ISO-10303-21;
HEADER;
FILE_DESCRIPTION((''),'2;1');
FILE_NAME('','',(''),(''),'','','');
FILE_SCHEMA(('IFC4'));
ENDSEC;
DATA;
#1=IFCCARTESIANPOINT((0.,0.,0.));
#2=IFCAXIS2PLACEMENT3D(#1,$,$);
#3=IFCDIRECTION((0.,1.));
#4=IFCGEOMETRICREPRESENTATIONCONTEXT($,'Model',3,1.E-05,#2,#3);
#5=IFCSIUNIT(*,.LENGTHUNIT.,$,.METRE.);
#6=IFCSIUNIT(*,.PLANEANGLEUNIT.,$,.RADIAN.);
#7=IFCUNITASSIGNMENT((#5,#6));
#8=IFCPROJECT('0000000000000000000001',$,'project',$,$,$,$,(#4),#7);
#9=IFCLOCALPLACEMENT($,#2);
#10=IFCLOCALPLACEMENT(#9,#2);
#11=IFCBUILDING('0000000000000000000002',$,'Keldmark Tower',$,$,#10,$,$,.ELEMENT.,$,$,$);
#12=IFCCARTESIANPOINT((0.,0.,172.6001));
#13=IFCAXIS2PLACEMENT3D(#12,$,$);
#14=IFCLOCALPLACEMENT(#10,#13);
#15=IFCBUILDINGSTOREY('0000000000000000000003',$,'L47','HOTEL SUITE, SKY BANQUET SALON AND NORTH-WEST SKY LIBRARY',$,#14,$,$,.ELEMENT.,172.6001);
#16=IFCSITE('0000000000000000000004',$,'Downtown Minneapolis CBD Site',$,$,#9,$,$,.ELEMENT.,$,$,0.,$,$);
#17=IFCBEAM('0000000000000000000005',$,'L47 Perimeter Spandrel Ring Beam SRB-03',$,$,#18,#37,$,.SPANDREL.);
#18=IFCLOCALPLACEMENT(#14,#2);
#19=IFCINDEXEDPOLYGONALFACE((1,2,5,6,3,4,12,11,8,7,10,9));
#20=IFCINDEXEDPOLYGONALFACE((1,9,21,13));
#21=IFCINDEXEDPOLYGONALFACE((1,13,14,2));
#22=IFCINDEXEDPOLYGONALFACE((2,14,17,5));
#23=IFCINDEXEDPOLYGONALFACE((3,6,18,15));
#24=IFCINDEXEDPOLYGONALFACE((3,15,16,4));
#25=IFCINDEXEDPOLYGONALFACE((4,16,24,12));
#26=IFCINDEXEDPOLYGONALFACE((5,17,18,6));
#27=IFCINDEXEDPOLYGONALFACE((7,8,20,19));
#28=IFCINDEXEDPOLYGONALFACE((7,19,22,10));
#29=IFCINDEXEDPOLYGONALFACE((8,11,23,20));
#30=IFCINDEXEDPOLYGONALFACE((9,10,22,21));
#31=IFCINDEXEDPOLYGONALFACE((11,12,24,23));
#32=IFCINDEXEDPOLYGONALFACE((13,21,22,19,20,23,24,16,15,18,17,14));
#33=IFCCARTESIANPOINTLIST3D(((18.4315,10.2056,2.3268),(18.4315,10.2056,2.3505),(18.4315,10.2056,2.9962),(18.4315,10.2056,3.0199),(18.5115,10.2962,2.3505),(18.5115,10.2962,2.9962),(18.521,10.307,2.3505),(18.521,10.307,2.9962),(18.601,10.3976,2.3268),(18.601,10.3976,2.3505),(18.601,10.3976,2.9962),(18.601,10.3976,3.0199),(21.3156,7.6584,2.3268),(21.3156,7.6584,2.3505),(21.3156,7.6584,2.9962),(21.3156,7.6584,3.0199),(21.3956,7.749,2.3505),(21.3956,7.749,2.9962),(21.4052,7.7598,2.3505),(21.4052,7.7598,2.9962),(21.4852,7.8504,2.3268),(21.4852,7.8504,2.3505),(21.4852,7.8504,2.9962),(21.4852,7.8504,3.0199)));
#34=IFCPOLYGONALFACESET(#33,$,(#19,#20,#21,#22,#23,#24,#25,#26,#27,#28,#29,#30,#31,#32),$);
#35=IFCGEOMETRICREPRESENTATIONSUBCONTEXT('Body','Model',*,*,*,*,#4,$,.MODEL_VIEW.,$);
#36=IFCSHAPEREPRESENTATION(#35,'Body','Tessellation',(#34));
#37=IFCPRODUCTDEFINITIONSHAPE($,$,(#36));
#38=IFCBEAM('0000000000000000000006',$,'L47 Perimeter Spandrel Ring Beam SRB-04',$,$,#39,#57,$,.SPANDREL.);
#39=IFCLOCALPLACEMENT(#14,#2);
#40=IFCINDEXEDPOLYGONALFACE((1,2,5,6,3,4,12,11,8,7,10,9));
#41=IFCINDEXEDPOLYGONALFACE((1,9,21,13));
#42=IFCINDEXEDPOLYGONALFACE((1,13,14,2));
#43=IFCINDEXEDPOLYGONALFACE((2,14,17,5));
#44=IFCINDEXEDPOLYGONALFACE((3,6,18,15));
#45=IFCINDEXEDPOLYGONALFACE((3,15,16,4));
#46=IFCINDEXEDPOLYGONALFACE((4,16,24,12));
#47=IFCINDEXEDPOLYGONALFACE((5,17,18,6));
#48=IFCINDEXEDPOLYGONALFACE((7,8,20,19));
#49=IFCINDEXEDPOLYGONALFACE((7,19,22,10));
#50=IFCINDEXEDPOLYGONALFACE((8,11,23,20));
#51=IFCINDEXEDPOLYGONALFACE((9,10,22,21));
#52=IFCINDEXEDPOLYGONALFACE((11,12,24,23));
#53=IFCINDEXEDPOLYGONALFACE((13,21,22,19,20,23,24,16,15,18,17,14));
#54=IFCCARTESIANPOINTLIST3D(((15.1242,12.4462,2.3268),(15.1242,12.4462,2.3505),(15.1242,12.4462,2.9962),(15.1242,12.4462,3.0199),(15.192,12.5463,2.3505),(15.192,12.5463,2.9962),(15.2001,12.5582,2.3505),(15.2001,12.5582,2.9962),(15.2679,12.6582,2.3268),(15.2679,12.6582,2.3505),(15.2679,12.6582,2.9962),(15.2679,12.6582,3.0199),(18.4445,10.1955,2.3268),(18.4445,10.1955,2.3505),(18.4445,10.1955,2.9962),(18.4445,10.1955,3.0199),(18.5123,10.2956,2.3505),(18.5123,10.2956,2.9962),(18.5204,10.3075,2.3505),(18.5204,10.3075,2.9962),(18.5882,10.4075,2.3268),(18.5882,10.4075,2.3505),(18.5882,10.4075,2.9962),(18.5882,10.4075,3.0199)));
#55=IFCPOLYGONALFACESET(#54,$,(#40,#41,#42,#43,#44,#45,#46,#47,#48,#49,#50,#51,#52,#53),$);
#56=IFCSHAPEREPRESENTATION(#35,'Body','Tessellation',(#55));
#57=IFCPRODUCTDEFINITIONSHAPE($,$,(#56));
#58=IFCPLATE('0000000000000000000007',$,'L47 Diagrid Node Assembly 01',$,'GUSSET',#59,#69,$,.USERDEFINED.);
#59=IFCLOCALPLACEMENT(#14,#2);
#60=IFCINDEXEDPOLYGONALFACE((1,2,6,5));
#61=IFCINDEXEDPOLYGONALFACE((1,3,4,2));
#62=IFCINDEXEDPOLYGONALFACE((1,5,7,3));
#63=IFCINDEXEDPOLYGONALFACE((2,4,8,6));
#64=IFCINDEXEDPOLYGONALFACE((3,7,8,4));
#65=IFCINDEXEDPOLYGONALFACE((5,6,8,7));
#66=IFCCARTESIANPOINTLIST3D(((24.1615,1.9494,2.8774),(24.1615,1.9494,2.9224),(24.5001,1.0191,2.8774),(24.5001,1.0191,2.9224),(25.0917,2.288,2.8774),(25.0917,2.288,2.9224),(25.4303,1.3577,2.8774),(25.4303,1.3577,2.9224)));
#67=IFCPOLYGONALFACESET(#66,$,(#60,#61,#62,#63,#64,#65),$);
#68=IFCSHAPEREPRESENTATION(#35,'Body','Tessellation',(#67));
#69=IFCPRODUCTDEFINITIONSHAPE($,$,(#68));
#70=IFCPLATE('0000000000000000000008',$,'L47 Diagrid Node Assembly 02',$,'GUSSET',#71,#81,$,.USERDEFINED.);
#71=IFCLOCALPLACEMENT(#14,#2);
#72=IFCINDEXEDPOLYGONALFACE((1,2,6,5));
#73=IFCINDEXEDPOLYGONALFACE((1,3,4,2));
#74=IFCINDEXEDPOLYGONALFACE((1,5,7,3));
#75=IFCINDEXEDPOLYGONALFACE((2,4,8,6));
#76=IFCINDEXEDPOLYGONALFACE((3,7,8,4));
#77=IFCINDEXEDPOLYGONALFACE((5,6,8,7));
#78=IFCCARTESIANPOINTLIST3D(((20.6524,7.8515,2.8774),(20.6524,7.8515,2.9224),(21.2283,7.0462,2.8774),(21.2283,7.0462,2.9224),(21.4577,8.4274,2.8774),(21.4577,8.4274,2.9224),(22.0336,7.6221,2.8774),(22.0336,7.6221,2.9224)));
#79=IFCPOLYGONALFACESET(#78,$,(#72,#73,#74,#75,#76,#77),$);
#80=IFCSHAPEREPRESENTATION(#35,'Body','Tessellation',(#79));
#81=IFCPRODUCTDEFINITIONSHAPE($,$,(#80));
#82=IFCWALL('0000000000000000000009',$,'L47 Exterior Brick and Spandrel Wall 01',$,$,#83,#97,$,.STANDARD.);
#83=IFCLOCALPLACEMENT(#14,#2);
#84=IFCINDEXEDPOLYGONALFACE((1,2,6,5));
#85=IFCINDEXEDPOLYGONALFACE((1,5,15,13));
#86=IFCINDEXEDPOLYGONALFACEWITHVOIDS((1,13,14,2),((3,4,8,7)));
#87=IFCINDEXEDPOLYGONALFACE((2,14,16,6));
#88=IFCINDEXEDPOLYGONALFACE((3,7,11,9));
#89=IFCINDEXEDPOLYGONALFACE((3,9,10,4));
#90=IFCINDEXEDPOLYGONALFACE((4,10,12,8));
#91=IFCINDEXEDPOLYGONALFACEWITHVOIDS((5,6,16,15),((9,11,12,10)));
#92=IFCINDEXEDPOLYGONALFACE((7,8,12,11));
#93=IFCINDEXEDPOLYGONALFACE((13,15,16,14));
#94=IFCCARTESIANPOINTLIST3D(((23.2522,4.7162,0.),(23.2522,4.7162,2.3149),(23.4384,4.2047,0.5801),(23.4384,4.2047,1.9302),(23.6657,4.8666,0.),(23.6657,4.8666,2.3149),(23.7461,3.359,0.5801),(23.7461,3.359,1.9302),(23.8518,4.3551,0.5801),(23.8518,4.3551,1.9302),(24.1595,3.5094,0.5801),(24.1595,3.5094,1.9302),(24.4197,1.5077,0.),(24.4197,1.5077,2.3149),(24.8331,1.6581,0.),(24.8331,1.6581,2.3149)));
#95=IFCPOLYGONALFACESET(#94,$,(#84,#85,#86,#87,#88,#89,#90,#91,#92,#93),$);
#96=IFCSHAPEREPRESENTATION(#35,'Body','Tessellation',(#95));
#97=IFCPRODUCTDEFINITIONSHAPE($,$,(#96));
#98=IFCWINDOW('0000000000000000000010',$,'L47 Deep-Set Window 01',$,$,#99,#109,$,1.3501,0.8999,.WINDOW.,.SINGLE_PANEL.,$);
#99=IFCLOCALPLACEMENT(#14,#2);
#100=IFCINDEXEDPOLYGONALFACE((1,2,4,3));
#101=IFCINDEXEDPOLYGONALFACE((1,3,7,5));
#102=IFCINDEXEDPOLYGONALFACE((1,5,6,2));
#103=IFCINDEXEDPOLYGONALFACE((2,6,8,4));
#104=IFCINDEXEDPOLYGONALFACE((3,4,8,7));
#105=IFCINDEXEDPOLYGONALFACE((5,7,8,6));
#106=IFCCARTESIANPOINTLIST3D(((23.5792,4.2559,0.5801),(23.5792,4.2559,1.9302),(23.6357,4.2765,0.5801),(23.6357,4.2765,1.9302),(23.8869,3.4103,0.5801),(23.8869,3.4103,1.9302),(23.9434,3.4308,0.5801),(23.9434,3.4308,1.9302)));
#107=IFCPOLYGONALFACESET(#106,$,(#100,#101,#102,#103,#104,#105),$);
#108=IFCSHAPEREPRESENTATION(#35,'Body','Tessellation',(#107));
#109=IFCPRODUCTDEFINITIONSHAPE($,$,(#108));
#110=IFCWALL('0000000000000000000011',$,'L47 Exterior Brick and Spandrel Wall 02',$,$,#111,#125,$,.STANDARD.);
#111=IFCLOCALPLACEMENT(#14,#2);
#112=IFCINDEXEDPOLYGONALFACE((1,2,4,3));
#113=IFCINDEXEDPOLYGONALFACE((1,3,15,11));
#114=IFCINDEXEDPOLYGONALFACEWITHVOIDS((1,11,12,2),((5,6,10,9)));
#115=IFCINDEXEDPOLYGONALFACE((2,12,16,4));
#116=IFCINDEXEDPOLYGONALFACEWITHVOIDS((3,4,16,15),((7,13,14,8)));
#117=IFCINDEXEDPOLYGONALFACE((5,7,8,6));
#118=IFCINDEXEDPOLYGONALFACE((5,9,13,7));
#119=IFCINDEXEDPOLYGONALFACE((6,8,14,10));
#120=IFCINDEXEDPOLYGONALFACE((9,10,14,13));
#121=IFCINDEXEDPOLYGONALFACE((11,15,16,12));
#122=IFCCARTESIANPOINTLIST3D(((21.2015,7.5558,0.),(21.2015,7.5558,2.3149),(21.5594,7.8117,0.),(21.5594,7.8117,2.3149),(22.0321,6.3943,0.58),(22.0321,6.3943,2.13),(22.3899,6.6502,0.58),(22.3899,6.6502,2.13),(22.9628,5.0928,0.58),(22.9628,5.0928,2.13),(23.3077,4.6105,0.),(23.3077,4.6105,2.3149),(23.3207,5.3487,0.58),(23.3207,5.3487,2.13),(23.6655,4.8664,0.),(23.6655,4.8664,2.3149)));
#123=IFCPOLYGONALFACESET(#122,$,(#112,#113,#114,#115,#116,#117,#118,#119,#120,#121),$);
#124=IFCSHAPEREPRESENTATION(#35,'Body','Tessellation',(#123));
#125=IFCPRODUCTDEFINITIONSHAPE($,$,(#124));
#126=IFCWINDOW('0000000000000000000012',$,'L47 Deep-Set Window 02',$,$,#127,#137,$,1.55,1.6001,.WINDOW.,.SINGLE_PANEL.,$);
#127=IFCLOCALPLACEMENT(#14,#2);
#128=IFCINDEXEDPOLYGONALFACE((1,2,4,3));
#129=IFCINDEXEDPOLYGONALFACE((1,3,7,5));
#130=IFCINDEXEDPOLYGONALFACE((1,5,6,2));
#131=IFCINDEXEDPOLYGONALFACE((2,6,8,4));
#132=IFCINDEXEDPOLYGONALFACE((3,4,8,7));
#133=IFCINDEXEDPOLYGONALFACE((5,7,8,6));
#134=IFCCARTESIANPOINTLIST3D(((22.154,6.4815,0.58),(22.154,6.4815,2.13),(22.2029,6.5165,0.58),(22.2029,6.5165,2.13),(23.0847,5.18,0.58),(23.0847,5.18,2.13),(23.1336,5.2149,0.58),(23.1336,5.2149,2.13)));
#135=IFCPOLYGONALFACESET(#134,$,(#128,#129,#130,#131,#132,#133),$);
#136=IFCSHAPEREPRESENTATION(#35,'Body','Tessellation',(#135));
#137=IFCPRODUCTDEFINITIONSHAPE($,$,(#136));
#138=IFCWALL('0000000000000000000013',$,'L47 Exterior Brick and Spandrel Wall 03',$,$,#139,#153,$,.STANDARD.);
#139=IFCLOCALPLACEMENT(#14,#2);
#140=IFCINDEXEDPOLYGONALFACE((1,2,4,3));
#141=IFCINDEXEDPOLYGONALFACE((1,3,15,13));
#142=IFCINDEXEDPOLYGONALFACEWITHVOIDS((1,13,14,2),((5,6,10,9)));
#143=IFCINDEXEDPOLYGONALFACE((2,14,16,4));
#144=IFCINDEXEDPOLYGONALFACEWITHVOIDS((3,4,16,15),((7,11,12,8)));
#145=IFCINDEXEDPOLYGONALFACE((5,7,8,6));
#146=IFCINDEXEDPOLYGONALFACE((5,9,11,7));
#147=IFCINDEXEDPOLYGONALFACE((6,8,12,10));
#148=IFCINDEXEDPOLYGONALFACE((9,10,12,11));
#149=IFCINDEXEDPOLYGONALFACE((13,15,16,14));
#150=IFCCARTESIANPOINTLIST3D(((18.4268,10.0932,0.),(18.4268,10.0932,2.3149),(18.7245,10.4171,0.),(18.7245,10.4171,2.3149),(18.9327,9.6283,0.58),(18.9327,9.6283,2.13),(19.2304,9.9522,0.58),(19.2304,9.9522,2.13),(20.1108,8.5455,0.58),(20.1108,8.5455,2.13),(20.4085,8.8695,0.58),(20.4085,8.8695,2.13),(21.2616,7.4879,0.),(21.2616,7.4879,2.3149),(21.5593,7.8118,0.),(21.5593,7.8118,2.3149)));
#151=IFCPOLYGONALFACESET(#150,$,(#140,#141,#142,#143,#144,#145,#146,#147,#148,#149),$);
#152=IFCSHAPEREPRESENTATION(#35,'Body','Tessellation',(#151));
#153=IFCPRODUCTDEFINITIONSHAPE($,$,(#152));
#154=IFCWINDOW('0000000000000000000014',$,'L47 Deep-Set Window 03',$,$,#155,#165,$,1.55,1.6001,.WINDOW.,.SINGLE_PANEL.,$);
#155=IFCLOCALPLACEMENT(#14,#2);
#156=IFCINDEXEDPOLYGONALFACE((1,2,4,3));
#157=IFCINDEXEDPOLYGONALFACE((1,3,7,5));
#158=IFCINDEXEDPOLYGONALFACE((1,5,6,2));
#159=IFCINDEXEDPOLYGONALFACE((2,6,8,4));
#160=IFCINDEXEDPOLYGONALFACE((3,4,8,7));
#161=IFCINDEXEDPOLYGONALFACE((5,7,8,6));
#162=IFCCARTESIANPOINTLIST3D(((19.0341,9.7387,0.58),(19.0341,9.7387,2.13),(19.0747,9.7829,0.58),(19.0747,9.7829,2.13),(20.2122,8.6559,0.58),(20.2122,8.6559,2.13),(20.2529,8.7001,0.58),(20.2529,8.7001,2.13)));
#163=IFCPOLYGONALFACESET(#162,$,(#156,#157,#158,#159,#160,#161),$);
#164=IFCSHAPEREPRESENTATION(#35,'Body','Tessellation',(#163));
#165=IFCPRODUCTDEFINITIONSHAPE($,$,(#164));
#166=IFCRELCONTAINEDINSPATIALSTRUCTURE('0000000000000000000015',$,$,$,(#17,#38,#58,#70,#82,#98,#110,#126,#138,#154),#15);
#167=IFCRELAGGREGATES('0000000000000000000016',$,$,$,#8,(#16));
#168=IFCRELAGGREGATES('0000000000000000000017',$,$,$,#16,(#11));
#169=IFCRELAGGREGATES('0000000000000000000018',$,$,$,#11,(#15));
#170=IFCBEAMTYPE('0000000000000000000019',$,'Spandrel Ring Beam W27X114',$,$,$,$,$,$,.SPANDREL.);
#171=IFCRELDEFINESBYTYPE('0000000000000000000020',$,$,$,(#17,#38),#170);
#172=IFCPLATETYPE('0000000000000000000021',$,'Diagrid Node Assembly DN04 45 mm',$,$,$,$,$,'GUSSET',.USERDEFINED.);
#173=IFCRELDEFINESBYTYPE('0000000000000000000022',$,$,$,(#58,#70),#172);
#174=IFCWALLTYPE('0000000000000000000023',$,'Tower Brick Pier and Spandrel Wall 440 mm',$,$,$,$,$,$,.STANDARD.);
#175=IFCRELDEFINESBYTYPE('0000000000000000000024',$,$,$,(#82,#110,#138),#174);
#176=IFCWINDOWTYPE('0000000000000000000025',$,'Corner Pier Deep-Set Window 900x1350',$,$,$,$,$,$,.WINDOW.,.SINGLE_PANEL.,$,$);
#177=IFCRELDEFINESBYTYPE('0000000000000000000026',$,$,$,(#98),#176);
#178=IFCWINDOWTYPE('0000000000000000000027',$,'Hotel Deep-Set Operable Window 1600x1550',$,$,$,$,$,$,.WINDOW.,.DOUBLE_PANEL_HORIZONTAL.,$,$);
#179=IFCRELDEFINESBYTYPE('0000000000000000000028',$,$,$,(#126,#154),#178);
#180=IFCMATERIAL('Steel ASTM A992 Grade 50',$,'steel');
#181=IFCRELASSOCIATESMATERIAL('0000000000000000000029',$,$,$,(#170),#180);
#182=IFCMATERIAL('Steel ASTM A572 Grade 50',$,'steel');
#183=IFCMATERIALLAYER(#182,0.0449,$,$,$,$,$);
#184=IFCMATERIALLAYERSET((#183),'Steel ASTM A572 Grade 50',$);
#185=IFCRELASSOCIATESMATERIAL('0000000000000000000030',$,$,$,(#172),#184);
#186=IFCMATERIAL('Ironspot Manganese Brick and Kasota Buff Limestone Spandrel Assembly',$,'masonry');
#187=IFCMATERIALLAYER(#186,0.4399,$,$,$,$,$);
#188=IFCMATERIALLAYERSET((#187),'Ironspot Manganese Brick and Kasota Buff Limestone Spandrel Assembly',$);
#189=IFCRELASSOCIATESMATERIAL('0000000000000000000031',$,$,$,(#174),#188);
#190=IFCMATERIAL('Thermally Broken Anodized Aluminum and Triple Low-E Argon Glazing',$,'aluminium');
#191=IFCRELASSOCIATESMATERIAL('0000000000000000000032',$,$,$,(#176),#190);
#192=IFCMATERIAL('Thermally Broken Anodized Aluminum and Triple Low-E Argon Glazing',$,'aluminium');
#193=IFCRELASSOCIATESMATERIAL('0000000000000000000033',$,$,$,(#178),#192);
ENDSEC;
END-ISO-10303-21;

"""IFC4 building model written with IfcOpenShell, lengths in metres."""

from ifc_helpers import new_model, si_unit, direction, frame, frame_2d, origin, origin_2d, place, context, subcontext, project, spatial, rectangle, i_section, extrude, material, layer, layer_set, material_profile, profile_set, type_object, element, fill, save


model = new_model("IFC4")

# Units and contexts
model_context = context("Model", 3, precision=1e-05, world=origin(), true_north=direction((0.0, 1.0)))
body_context = subcontext(model_context, "Body", "Model", "MODEL_VIEW")
ifc_project = project(units=[si_unit("LENGTHUNIT", "METRE"), si_unit("PLANEANGLEUNIT", "RADIAN")], contexts=[model_context])

# Site, building, storey
site_placement = place(None, origin())
site = spatial("IfcSite", under=ifc_project, at=site_placement, Name="Downtown Minneapolis CBD Site", CompositionType="ELEMENT", RefElevation=0.0)
building_placement = place(site_placement, origin())
building = spatial("IfcBuilding", under=site, at=building_placement, Name="Keldmark Tower", CompositionType="ELEMENT")
storey_placement = place(building_placement, frame((0.0, 0.0, 172.6001)))
storey = spatial("IfcBuildingStorey", under=building, at=storey_placement, Name="L47", Description="HOTEL SUITE, SKY BANQUET SALON AND NORTH-WEST SKY LIBRARY", CompositionType="ELEMENT", Elevation=172.6001)

# Beams
ifc_material_1 = material(Name="Steel ASTM A992 Grade 50", Category="steel")
ifc_material_profile_1 = material_profile(ifc_material_1, i_section(OverallWidth=0.2561, OverallDepth=0.6931, WebThickness=0.0144, FlangeThickness=0.0237, at=origin_2d()), Name="W27X114")
ifc_profile_set_1 = profile_set([ifc_material_profile_1], Name="Steel ASTM A992 Grade 50")
beam_type_1 = type_object("IfcBeamType", Name="Spandrel Ring Beam W27X114", PredefinedType="SPANDREL", material=ifc_profile_set_1)
beam_1_placement = place(storey_placement, frame((21.4004, 7.7544, 2.6733), z_axis=(-0.74953, 0.66197, 0.0), x_axis=(-0.66197, -0.74953, 0.0)))
element("IfcBeam", 1, at=beam_1_placement, inside=storey, type_object=beam_type_1, Name="L47 Perimeter Spandrel Ring Beam SRB-03", PredefinedType="SPANDREL", context=body_context, shape_type="SweptSolid", body=[
    extrude(i_section(OverallWidth=0.2561, OverallDepth=0.6931, WebThickness=0.0144, FlangeThickness=0.0237, at=origin_2d()), origin(), (0.0, 0.0, 1.0), 3.8479),
])
beam_2_placement = place(storey_placement, frame((18.5164, 10.3015, 2.6733), z_axis=(-0.827746, 0.561102, 0.0), x_axis=(-0.561102, -0.827746, 0.0)))
element("IfcBeam", 2, at=beam_2_placement, inside=storey, type_object=beam_type_1, Name="L47 Perimeter Spandrel Ring Beam SRB-04", PredefinedType="SPANDREL", context=body_context, shape_type="SweptSolid", body=[
    extrude(i_section(OverallWidth=0.2561, OverallDepth=0.6931, WebThickness=0.0144, FlangeThickness=0.0237, at=origin_2d()), origin(), (0.0, 0.0, 1.0), 4.0112),
])

# Plates
ifc_material_2 = material(Name="Steel ASTM A572 Grade 50", Category="steel")
ifc_layer_1 = layer(ifc_material_2, 0.0449)
ifc_layer_set_1 = layer_set([ifc_layer_1], Name="Steel ASTM A572 Grade 50")
plate_type = type_object("IfcPlateType", Name="Diagrid Node Assembly DN04 45 mm", ElementType="GUSSET", PredefinedType="USERDEFINED", material=ifc_layer_set_1)
for number, where, z_axis, x_axis, name in (
    (3, (24.7959, 1.6536, 2.8774), (0.0, 0.0, 1.0), (-0.34202, 0.939693, 0.0), "L47 Diagrid Node Assembly 01"),
    (4, (21.343, 7.7368, 2.8774), (0.0, 0.0, 1.0), (-0.581697, 0.813405, 0.0), "L47 Diagrid Node Assembly 02"),
):
    element("IfcPlate", number, at=place(storey_placement, frame(where, z_axis=z_axis, x_axis=x_axis)), inside=storey, type_object=plate_type, Name=name, ObjectType="GUSSET", PredefinedType="USERDEFINED", context=body_context, shape_type="SweptSolid", body=[
        extrude(rectangle(XDim=0.99, YDim=0.99, at=origin_2d()), origin(), (0.0, 0.0, 1.0), 0.0449),
    ])

# Walls, openings, windows
ifc_material_3 = material(Name="Ironspot Manganese Brick and Kasota Buff Limestone Spandrel Assembly", Category="masonry")
ifc_layer_2 = layer(ifc_material_3, 0.4399)
ifc_layer_set_2 = layer_set([ifc_layer_2], Name="Ironspot Manganese Brick and Kasota Buff Limestone Spandrel Assembly")
wall_type_1 = type_object("IfcWallType", Name="Tower Brick Pier and Spandrel Wall 440 mm", PredefinedType="STANDARD", material=ifc_layer_set_2)
wall_1_placement = place(storey_placement, frame((23.459, 4.7913, 0.0), z_axis=(0.0, 0.0, 1.0), x_axis=(0.341938, -0.939722, 0.0)))
wall_1 = element("IfcWall", 5, at=wall_1_placement, inside=storey, type_object=wall_type_1, Name="L47 Exterior Brick and Spandrel Wall 01", PredefinedType="STANDARD", context=body_context, shape_type="SweptSolid", body=[
    extrude(rectangle(XDim=3.4143, YDim=0.4399, at=frame_2d((1.707, 0.0))), origin(), (0.0, 0.0, 1.0), 2.3149),
])
opening_1_placement = place(wall_1_placement, frame((0.5442, 0.0, 0.5801)))
opening_1 = element("IfcOpeningElement", 6, at=opening_1_placement, cuts=wall_1, PredefinedType="OPENING", context=body_context, shape_type="SweptSolid", body=[
    extrude(rectangle(XDim=0.8999, YDim=1.3501, at=frame_2d((0.45, 0.675))), frame((0.0, 0.23, 0.0), z_axis=(0.0, -1.0, 0.0), x_axis=(1.0, 0.0, 0.0)), (0.0, 0.0, 1.0), 0.46),
])
ifc_material_4 = material(Name="Thermally Broken Anodized Aluminum and Triple Low-E Argon Glazing", Category="aluminium")
window_type_1 = type_object("IfcWindowType", Name="Corner Pier Deep-Set Window 900x1350", PartitioningType="SINGLE_PANEL", PredefinedType="WINDOW", material=ifc_material_4)
window_1_placement = place(opening_1_placement, origin())
window_1 = element("IfcWindow", 7, at=window_1_placement, inside=storey, type_object=window_type_1, Name="L47 Deep-Set Window 01", OverallHeight=1.3501, OverallWidth=0.8999, PartitioningType="SINGLE_PANEL", PredefinedType="WINDOW", context=body_context, shape_type="SweptSolid", body=[
    extrude(rectangle(XDim=0.8999, YDim=1.3501, at=frame_2d((0.45, 0.675))), frame((0.0, -0.01, 0.0), z_axis=(0.0, -1.0, 0.0), x_axis=(1.0, 0.0, 0.0)), (0.0, 0.0, 1.0), 0.0601),
])
fill(opening_1, window_1)
wall_2_placement = place(storey_placement, frame((21.3804, 7.6838, 0.0), z_axis=(0.0, 0.0, 1.0), x_axis=(0.581678, -0.813419, 0.0)))
wall_2 = element("IfcWall", 8, at=wall_2_placement, inside=storey, type_object=wall_type_1, Name="L47 Exterior Brick and Spandrel Wall 02", PredefinedType="STANDARD", context=body_context, shape_type="SweptSolid", body=[
    extrude(rectangle(XDim=3.6208, YDim=0.4399, at=frame_2d((1.8105, 0.0))), origin(), (0.0, 0.0, 1.0), 2.3149),
])
opening_2_placement = place(wall_2_placement, frame((1.428, 0.0, 0.5801)))
opening_2 = element("IfcOpeningElement", 9, at=opening_2_placement, cuts=wall_2, PredefinedType="OPENING", context=body_context, shape_type="SweptSolid", body=[
    extrude(rectangle(XDim=1.6001, YDim=1.55, at=frame_2d((0.8, 0.7749))), frame((0.0, 0.23, 0.0), z_axis=(0.0, -1.0, 0.0), x_axis=(1.0, 0.0, 0.0)), (0.0, 0.0, 1.0), 0.46),
])
ifc_material_5 = material(Name="Thermally Broken Anodized Aluminum and Triple Low-E Argon Glazing", Category="aluminium")
window_type_2 = type_object("IfcWindowType", Name="Hotel Deep-Set Operable Window 1600x1550", PartitioningType="DOUBLE_PANEL_HORIZONTAL", PredefinedType="WINDOW", material=ifc_material_5)
window_2_placement = place(opening_2_placement, origin())
window_2 = element("IfcWindow", 10, at=window_2_placement, inside=storey, type_object=window_type_2, Name="L47 Deep-Set Window 02", OverallHeight=1.55, OverallWidth=1.6001, PartitioningType="SINGLE_PANEL", PredefinedType="WINDOW", context=body_context, shape_type="SweptSolid", body=[
    extrude(rectangle(XDim=1.6001, YDim=1.55, at=frame_2d((0.8, 0.7749))), frame((0.0, -0.01, 0.0), z_axis=(0.0, -1.0, 0.0), x_axis=(1.0, 0.0, 0.0)), (0.0, 0.0, 1.0), 0.0601),
])
fill(opening_2, window_2)
wall_3_placement = place(storey_placement, frame((18.5757, 10.2551, 0.0), z_axis=(0.0, 0.0, 1.0), x_axis=(0.736282, -0.676675, 0.0)))
wall_3 = element("IfcWall", 11, at=wall_3_placement, inside=storey, type_object=wall_type_1, Name="L47 Exterior Brick and Spandrel Wall 03", PredefinedType="STANDARD", context=body_context, shape_type="SweptSolid", body=[
    extrude(rectangle(XDim=3.8501, YDim=0.4399, at=frame_2d((1.925, 0.0))), origin(), (0.0, 0.0, 1.0), 2.3149),
])
opening_3_placement = place(wall_3_placement, frame((0.687, 0.0, 0.5801)))
opening_3 = element("IfcOpeningElement", 12, at=opening_3_placement, cuts=wall_3, PredefinedType="OPENING", context=body_context, shape_type="SweptSolid", body=[
    extrude(rectangle(XDim=1.6001, YDim=1.55, at=frame_2d((0.8, 0.7749))), frame((0.0, 0.23, 0.0), z_axis=(0.0, -1.0, 0.0), x_axis=(1.0, 0.0, 0.0)), (0.0, 0.0, 1.0), 0.46),
])
window_3_placement = place(opening_3_placement, origin())
window_3 = element("IfcWindow", 13, at=window_3_placement, inside=storey, type_object=window_type_2, Name="L47 Deep-Set Window 03", OverallHeight=1.55, OverallWidth=1.6001, PartitioningType="SINGLE_PANEL", PredefinedType="WINDOW", context=body_context, shape_type="SweptSolid", body=[
    extrude(rectangle(XDim=1.6001, YDim=1.55, at=frame_2d((0.8, 0.7749))), frame((0.0, -0.01, 0.0), z_axis=(0.0, -1.0, 0.0), x_axis=(1.0, 0.0, 0.0)), (0.0, 0.0, 1.0), 0.0601),
])
fill(opening_3, window_3)

save(model, "model.ifc")
